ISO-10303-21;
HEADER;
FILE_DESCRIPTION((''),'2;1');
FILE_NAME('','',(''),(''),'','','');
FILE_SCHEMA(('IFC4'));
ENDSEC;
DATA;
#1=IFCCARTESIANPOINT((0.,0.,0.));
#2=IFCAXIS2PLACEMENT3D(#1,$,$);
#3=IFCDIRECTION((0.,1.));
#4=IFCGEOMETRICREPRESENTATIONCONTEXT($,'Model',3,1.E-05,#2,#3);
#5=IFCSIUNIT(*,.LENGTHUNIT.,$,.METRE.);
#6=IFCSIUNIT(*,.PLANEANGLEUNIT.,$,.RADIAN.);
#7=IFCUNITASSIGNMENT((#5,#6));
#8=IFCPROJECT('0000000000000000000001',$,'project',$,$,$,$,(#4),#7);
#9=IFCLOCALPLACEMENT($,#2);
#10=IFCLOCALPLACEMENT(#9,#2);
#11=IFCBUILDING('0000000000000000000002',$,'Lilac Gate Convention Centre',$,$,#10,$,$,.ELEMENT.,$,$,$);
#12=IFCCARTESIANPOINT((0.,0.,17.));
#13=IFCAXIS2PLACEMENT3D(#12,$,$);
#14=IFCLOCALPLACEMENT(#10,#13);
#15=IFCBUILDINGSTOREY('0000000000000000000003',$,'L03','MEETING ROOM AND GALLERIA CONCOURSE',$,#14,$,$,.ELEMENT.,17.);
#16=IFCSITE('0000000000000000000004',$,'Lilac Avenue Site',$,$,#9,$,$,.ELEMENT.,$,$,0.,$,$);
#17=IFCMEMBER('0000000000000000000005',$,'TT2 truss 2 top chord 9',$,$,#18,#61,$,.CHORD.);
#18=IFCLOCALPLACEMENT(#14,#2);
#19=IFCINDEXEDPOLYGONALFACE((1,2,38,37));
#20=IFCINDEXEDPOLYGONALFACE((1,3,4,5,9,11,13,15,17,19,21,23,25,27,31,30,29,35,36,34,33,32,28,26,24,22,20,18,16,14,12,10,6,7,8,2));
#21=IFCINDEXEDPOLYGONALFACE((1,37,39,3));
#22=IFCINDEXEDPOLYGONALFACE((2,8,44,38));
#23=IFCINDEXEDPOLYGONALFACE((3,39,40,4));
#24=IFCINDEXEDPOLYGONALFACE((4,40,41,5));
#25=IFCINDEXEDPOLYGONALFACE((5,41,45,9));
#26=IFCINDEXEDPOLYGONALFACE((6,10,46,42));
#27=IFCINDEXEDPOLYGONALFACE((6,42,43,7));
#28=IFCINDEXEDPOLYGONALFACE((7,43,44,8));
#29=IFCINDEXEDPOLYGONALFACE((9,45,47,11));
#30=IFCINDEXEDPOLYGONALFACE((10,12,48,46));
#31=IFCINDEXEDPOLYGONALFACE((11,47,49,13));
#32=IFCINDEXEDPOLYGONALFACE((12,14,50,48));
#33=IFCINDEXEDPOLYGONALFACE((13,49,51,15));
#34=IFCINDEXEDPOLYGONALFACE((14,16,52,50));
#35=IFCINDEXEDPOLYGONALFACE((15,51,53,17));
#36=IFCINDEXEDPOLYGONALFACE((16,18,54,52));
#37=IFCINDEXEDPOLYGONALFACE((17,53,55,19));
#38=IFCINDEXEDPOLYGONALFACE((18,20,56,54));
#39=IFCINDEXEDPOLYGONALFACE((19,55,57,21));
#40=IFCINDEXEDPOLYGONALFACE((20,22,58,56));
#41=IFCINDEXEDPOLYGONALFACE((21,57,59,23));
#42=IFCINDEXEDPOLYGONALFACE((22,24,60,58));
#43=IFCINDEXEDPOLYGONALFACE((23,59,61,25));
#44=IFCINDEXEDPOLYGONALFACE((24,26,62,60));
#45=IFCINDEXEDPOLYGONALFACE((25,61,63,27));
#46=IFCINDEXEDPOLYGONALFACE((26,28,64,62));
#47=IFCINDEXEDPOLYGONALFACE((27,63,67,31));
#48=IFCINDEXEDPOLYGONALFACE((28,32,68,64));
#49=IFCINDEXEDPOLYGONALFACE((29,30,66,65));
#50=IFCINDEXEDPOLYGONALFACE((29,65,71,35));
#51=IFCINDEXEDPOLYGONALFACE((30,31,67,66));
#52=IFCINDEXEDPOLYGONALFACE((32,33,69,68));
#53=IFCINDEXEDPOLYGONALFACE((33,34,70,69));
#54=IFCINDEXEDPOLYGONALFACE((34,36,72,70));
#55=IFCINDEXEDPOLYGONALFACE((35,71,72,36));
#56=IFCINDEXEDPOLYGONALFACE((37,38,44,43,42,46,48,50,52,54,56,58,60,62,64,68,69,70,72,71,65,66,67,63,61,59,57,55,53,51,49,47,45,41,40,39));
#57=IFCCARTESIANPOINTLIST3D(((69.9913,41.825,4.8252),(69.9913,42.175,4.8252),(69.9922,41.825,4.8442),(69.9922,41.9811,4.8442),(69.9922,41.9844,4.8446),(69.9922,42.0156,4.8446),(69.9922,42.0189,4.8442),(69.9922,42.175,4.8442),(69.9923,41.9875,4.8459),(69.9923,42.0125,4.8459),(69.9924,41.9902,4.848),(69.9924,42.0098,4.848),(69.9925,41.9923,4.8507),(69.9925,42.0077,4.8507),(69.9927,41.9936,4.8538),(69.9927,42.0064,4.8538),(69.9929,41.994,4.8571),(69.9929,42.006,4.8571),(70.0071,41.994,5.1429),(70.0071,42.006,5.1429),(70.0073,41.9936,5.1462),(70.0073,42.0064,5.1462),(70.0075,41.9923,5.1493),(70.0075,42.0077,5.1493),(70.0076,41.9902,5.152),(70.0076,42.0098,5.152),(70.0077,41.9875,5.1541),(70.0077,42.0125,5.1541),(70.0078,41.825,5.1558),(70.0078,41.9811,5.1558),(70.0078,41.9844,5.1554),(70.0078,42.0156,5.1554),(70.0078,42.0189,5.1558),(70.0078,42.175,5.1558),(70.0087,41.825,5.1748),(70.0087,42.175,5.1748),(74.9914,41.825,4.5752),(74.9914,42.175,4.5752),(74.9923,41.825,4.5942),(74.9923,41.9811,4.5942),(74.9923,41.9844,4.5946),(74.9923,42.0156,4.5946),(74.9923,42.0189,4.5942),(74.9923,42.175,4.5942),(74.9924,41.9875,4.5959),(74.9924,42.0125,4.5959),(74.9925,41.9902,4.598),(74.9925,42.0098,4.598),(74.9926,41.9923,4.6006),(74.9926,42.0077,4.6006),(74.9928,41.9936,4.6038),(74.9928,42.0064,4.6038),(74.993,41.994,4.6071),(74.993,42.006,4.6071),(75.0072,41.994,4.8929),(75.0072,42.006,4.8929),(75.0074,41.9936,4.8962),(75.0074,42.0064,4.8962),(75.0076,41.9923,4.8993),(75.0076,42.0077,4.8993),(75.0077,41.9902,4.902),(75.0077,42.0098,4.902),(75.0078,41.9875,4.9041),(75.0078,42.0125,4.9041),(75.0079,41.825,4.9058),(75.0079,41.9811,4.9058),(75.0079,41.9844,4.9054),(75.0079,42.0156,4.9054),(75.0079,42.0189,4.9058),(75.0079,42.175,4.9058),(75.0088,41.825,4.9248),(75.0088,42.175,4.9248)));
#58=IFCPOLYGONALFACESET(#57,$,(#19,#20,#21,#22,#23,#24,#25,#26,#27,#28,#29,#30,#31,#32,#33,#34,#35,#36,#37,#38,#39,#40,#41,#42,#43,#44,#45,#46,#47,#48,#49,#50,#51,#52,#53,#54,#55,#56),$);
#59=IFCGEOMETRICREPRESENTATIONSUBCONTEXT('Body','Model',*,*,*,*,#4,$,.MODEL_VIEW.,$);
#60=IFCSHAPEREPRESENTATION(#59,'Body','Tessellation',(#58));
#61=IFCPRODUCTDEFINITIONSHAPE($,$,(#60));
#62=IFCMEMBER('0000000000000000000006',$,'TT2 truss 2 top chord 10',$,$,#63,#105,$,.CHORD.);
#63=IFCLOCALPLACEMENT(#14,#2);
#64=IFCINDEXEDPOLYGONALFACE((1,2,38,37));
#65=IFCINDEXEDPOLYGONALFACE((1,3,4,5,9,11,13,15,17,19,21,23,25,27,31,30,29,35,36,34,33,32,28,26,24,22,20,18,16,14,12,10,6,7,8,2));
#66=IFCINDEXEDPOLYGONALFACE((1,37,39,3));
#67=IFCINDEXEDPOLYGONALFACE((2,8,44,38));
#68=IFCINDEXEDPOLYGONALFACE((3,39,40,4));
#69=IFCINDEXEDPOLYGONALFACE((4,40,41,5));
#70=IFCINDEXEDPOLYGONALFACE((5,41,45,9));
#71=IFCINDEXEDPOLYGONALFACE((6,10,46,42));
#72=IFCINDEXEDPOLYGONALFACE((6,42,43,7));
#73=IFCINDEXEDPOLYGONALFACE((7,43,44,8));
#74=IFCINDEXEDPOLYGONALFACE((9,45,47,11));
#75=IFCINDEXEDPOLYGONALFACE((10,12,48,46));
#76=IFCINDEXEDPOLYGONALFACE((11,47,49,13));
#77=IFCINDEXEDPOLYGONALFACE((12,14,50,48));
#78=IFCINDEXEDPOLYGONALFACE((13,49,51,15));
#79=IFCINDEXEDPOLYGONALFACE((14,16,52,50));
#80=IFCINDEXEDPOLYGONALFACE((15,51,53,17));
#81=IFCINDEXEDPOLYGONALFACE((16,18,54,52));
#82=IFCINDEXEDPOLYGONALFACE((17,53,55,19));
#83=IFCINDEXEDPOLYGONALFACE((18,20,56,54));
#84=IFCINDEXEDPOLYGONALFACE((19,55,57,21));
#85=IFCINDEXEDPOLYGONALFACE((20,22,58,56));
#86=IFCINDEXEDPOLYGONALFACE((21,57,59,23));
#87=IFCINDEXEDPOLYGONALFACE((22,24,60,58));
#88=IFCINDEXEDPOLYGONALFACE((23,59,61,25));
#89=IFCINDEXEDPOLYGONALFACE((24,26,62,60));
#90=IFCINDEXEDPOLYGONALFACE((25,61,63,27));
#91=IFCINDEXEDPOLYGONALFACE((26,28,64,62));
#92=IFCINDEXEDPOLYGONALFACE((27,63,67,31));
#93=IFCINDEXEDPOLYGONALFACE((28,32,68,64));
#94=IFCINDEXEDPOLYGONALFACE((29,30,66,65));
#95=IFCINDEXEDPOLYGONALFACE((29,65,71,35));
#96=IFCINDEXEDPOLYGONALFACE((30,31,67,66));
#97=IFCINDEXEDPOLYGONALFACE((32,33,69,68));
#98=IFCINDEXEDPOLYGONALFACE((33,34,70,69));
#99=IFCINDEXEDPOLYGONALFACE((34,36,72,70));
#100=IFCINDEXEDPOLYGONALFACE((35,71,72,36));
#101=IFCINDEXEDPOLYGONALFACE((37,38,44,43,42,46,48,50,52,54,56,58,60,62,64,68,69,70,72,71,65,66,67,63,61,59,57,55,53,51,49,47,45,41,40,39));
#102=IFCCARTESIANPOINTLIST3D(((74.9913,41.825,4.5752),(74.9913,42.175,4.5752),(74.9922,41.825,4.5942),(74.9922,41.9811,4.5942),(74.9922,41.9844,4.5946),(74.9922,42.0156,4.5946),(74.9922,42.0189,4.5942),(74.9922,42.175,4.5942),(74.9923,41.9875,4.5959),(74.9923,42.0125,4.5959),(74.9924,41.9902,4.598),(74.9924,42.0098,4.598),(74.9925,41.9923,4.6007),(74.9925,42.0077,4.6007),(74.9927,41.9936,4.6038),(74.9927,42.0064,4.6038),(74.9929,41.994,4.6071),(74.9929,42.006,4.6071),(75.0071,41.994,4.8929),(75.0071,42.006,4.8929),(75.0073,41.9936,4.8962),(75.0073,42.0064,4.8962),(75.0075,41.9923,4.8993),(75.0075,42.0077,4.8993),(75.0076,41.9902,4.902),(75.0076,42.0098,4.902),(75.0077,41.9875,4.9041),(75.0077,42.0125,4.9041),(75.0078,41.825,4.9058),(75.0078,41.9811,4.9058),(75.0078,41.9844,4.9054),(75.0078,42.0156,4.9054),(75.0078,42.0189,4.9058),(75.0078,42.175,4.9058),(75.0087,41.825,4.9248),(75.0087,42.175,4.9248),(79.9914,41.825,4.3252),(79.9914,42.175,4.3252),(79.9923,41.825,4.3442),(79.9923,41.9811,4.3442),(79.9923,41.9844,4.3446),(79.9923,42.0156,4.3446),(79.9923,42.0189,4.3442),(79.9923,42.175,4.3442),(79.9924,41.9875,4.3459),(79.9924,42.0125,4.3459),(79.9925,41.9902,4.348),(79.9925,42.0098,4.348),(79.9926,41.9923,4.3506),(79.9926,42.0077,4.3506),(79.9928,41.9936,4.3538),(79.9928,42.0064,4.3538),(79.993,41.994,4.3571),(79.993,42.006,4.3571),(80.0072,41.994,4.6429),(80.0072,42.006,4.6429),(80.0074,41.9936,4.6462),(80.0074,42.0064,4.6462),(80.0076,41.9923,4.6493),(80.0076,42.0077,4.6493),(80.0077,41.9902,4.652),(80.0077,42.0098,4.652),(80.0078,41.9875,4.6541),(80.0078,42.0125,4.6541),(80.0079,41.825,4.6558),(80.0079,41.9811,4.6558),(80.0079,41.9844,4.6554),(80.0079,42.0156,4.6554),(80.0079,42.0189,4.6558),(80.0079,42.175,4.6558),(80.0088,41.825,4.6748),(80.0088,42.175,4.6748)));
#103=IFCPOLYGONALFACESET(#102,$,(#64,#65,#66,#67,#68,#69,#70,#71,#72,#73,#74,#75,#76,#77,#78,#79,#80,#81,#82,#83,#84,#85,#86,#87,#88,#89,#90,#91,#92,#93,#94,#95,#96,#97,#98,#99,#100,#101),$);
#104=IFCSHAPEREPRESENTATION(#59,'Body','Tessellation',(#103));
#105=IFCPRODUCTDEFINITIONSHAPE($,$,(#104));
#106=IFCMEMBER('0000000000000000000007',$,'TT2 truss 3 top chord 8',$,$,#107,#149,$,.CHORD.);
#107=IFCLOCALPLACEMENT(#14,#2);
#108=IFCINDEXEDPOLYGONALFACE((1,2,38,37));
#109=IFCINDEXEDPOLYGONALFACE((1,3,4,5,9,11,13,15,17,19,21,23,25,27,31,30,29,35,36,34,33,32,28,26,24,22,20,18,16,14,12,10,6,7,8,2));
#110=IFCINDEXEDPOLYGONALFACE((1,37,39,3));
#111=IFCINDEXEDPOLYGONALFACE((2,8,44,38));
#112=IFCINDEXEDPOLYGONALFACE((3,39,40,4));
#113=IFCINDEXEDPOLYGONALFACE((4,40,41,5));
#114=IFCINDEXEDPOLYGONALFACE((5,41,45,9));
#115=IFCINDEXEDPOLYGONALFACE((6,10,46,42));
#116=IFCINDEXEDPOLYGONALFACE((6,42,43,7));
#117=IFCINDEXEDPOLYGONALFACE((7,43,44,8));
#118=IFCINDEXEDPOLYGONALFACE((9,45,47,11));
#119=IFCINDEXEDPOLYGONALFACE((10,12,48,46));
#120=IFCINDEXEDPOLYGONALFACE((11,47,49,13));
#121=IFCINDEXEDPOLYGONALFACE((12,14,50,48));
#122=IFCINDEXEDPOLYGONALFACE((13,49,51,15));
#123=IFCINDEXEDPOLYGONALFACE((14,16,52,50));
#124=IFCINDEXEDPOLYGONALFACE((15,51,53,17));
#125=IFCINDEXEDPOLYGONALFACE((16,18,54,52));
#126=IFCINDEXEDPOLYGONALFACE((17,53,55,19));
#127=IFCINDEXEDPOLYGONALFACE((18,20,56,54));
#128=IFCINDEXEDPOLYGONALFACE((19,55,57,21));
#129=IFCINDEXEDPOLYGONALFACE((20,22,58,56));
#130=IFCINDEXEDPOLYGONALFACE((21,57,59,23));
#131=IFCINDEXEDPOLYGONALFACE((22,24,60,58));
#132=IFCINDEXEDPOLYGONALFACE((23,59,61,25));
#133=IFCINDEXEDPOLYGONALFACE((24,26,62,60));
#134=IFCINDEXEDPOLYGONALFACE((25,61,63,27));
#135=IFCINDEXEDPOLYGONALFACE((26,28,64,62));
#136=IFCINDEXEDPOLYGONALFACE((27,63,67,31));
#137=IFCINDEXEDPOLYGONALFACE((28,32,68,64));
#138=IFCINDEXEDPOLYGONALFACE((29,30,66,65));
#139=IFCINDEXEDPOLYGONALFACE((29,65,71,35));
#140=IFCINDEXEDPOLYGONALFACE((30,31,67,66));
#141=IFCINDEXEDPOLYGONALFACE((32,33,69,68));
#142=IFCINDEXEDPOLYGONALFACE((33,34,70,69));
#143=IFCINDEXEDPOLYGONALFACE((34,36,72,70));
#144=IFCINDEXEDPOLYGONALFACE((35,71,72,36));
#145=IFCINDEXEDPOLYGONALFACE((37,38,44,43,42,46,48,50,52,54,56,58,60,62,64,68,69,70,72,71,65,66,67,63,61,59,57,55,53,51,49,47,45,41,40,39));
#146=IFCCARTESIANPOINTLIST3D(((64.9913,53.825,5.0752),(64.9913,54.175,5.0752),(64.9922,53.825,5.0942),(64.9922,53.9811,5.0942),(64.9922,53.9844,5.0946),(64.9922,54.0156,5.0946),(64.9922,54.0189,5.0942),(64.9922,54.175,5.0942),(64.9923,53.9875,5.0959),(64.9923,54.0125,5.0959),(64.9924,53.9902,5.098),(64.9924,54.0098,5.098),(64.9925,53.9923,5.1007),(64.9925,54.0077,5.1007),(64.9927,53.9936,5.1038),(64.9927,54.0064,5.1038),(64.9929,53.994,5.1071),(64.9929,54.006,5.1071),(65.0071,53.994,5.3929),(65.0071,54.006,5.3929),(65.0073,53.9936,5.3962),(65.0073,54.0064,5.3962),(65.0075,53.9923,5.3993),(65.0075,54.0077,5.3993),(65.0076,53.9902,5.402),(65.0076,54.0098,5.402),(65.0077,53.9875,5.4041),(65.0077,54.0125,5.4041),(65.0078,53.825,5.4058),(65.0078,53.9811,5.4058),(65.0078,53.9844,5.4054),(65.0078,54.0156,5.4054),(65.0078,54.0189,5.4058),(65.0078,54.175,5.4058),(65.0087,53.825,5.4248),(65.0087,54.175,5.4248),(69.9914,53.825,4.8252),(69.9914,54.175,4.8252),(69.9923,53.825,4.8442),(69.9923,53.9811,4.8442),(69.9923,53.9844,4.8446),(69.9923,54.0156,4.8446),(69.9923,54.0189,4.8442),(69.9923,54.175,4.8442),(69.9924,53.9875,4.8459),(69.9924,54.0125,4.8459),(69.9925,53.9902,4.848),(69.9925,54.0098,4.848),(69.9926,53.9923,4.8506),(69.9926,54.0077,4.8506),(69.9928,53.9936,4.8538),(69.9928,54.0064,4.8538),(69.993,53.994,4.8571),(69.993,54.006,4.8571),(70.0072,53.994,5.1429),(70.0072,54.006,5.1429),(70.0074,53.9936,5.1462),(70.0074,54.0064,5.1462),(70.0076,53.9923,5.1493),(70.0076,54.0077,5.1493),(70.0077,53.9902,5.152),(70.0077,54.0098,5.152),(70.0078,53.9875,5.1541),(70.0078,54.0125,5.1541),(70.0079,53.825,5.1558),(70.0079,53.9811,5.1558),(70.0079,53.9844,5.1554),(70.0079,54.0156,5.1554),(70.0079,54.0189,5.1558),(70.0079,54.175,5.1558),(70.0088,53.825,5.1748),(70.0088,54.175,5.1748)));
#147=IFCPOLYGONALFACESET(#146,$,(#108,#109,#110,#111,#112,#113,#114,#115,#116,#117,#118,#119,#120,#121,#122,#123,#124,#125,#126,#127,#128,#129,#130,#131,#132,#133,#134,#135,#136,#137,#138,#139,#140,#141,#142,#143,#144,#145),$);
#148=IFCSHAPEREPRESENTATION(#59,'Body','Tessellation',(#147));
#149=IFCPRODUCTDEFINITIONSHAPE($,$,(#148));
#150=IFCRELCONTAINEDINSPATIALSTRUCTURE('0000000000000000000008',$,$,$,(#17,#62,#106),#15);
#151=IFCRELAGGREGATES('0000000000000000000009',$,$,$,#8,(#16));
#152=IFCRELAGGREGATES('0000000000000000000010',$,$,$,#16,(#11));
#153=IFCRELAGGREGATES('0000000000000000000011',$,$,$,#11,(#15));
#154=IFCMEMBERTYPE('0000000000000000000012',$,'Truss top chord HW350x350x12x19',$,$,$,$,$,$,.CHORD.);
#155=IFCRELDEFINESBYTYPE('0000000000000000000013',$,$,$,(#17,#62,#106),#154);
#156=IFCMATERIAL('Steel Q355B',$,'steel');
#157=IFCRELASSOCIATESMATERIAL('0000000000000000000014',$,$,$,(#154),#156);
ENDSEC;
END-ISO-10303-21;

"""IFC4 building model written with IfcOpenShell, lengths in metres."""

from ifc_helpers import new_model, si_unit, direction, frame, origin, origin_2d, place, context, subcontext, project, spatial, i_section, extrude, material, material_profile, profile_set, type_object, element, save


model = new_model("IFC4")

# Units and contexts
model_context = context("Model", 3, precision=1e-05, world=origin(), true_north=direction((0.0, 1.0)))
body_context = subcontext(model_context, "Body", "Model", "MODEL_VIEW")
ifc_project = project(units=[si_unit("LENGTHUNIT", "METRE"), si_unit("PLANEANGLEUNIT", "RADIAN")], contexts=[model_context])

# Site, building, storey
site_placement = place(None, origin())
site = spatial("IfcSite", under=ifc_project, at=site_placement, Name="Lilac Avenue Site", CompositionType="ELEMENT", RefElevation=0.0)
building_placement = place(site_placement, origin())
building = spatial("IfcBuilding", under=site, at=building_placement, Name="Lilac Gate Convention Centre", CompositionType="ELEMENT")
storey_placement = place(building_placement, frame((0.0, 0.0, 17.0)))
storey = spatial("IfcBuildingStorey", under=building, at=storey_placement, Name="L03", Description="MEETING ROOM AND GALLERIA CONCOURSE", CompositionType="ELEMENT", Elevation=17.0)

# Members
ifc_material = material(Name="Steel Q355B", Category="steel")
ifc_material_profile_1 = material_profile(ifc_material, i_section(OverallWidth=0.3501, OverallDepth=0.3501, WebThickness=0.012, FlangeThickness=0.019, FilletRadius=0.0129, at=origin_2d()), Name="HW350x350x12x19")
ifc_profile_set_1 = profile_set([ifc_material_profile_1], Name="Steel Q355B")
member_type_1 = type_object("IfcMemberType", Name="Truss top chord HW350x350x12x19", PredefinedType="CHORD", material=ifc_profile_set_1)
for number, where, z_axis, x_axis, name in (
    (1, (70.0, 42.0, 5.0), (0.998752, 0.0, -0.049938), (0.0, 1.0, 0.0), "TT2 truss 2 top chord 9"),
    (2, (75.0, 42.0, 4.75), (0.998752, 0.0, -0.049938), (0.0, 1.0, 0.0), "TT2 truss 2 top chord 10"),
    (3, (65.0, 54.0, 5.25), (0.998752, 0.0, -0.049938), (0.0, 1.0, 0.0), "TT2 truss 3 top chord 8"),
):
    element("IfcMember", number, at=place(storey_placement, frame(where, z_axis=z_axis, x_axis=x_axis)), inside=storey, type_object=member_type_1, Name=name, PredefinedType="CHORD", context=body_context, shape_type="SweptSolid", body=[
        extrude(i_section(OverallWidth=0.3501, OverallDepth=0.3501, WebThickness=0.012, FlangeThickness=0.019, FilletRadius=0.0129, at=origin_2d()), origin(), (0.0, 0.0, 1.0), 5.0063),
    ])

save(model, "model.ifc")
